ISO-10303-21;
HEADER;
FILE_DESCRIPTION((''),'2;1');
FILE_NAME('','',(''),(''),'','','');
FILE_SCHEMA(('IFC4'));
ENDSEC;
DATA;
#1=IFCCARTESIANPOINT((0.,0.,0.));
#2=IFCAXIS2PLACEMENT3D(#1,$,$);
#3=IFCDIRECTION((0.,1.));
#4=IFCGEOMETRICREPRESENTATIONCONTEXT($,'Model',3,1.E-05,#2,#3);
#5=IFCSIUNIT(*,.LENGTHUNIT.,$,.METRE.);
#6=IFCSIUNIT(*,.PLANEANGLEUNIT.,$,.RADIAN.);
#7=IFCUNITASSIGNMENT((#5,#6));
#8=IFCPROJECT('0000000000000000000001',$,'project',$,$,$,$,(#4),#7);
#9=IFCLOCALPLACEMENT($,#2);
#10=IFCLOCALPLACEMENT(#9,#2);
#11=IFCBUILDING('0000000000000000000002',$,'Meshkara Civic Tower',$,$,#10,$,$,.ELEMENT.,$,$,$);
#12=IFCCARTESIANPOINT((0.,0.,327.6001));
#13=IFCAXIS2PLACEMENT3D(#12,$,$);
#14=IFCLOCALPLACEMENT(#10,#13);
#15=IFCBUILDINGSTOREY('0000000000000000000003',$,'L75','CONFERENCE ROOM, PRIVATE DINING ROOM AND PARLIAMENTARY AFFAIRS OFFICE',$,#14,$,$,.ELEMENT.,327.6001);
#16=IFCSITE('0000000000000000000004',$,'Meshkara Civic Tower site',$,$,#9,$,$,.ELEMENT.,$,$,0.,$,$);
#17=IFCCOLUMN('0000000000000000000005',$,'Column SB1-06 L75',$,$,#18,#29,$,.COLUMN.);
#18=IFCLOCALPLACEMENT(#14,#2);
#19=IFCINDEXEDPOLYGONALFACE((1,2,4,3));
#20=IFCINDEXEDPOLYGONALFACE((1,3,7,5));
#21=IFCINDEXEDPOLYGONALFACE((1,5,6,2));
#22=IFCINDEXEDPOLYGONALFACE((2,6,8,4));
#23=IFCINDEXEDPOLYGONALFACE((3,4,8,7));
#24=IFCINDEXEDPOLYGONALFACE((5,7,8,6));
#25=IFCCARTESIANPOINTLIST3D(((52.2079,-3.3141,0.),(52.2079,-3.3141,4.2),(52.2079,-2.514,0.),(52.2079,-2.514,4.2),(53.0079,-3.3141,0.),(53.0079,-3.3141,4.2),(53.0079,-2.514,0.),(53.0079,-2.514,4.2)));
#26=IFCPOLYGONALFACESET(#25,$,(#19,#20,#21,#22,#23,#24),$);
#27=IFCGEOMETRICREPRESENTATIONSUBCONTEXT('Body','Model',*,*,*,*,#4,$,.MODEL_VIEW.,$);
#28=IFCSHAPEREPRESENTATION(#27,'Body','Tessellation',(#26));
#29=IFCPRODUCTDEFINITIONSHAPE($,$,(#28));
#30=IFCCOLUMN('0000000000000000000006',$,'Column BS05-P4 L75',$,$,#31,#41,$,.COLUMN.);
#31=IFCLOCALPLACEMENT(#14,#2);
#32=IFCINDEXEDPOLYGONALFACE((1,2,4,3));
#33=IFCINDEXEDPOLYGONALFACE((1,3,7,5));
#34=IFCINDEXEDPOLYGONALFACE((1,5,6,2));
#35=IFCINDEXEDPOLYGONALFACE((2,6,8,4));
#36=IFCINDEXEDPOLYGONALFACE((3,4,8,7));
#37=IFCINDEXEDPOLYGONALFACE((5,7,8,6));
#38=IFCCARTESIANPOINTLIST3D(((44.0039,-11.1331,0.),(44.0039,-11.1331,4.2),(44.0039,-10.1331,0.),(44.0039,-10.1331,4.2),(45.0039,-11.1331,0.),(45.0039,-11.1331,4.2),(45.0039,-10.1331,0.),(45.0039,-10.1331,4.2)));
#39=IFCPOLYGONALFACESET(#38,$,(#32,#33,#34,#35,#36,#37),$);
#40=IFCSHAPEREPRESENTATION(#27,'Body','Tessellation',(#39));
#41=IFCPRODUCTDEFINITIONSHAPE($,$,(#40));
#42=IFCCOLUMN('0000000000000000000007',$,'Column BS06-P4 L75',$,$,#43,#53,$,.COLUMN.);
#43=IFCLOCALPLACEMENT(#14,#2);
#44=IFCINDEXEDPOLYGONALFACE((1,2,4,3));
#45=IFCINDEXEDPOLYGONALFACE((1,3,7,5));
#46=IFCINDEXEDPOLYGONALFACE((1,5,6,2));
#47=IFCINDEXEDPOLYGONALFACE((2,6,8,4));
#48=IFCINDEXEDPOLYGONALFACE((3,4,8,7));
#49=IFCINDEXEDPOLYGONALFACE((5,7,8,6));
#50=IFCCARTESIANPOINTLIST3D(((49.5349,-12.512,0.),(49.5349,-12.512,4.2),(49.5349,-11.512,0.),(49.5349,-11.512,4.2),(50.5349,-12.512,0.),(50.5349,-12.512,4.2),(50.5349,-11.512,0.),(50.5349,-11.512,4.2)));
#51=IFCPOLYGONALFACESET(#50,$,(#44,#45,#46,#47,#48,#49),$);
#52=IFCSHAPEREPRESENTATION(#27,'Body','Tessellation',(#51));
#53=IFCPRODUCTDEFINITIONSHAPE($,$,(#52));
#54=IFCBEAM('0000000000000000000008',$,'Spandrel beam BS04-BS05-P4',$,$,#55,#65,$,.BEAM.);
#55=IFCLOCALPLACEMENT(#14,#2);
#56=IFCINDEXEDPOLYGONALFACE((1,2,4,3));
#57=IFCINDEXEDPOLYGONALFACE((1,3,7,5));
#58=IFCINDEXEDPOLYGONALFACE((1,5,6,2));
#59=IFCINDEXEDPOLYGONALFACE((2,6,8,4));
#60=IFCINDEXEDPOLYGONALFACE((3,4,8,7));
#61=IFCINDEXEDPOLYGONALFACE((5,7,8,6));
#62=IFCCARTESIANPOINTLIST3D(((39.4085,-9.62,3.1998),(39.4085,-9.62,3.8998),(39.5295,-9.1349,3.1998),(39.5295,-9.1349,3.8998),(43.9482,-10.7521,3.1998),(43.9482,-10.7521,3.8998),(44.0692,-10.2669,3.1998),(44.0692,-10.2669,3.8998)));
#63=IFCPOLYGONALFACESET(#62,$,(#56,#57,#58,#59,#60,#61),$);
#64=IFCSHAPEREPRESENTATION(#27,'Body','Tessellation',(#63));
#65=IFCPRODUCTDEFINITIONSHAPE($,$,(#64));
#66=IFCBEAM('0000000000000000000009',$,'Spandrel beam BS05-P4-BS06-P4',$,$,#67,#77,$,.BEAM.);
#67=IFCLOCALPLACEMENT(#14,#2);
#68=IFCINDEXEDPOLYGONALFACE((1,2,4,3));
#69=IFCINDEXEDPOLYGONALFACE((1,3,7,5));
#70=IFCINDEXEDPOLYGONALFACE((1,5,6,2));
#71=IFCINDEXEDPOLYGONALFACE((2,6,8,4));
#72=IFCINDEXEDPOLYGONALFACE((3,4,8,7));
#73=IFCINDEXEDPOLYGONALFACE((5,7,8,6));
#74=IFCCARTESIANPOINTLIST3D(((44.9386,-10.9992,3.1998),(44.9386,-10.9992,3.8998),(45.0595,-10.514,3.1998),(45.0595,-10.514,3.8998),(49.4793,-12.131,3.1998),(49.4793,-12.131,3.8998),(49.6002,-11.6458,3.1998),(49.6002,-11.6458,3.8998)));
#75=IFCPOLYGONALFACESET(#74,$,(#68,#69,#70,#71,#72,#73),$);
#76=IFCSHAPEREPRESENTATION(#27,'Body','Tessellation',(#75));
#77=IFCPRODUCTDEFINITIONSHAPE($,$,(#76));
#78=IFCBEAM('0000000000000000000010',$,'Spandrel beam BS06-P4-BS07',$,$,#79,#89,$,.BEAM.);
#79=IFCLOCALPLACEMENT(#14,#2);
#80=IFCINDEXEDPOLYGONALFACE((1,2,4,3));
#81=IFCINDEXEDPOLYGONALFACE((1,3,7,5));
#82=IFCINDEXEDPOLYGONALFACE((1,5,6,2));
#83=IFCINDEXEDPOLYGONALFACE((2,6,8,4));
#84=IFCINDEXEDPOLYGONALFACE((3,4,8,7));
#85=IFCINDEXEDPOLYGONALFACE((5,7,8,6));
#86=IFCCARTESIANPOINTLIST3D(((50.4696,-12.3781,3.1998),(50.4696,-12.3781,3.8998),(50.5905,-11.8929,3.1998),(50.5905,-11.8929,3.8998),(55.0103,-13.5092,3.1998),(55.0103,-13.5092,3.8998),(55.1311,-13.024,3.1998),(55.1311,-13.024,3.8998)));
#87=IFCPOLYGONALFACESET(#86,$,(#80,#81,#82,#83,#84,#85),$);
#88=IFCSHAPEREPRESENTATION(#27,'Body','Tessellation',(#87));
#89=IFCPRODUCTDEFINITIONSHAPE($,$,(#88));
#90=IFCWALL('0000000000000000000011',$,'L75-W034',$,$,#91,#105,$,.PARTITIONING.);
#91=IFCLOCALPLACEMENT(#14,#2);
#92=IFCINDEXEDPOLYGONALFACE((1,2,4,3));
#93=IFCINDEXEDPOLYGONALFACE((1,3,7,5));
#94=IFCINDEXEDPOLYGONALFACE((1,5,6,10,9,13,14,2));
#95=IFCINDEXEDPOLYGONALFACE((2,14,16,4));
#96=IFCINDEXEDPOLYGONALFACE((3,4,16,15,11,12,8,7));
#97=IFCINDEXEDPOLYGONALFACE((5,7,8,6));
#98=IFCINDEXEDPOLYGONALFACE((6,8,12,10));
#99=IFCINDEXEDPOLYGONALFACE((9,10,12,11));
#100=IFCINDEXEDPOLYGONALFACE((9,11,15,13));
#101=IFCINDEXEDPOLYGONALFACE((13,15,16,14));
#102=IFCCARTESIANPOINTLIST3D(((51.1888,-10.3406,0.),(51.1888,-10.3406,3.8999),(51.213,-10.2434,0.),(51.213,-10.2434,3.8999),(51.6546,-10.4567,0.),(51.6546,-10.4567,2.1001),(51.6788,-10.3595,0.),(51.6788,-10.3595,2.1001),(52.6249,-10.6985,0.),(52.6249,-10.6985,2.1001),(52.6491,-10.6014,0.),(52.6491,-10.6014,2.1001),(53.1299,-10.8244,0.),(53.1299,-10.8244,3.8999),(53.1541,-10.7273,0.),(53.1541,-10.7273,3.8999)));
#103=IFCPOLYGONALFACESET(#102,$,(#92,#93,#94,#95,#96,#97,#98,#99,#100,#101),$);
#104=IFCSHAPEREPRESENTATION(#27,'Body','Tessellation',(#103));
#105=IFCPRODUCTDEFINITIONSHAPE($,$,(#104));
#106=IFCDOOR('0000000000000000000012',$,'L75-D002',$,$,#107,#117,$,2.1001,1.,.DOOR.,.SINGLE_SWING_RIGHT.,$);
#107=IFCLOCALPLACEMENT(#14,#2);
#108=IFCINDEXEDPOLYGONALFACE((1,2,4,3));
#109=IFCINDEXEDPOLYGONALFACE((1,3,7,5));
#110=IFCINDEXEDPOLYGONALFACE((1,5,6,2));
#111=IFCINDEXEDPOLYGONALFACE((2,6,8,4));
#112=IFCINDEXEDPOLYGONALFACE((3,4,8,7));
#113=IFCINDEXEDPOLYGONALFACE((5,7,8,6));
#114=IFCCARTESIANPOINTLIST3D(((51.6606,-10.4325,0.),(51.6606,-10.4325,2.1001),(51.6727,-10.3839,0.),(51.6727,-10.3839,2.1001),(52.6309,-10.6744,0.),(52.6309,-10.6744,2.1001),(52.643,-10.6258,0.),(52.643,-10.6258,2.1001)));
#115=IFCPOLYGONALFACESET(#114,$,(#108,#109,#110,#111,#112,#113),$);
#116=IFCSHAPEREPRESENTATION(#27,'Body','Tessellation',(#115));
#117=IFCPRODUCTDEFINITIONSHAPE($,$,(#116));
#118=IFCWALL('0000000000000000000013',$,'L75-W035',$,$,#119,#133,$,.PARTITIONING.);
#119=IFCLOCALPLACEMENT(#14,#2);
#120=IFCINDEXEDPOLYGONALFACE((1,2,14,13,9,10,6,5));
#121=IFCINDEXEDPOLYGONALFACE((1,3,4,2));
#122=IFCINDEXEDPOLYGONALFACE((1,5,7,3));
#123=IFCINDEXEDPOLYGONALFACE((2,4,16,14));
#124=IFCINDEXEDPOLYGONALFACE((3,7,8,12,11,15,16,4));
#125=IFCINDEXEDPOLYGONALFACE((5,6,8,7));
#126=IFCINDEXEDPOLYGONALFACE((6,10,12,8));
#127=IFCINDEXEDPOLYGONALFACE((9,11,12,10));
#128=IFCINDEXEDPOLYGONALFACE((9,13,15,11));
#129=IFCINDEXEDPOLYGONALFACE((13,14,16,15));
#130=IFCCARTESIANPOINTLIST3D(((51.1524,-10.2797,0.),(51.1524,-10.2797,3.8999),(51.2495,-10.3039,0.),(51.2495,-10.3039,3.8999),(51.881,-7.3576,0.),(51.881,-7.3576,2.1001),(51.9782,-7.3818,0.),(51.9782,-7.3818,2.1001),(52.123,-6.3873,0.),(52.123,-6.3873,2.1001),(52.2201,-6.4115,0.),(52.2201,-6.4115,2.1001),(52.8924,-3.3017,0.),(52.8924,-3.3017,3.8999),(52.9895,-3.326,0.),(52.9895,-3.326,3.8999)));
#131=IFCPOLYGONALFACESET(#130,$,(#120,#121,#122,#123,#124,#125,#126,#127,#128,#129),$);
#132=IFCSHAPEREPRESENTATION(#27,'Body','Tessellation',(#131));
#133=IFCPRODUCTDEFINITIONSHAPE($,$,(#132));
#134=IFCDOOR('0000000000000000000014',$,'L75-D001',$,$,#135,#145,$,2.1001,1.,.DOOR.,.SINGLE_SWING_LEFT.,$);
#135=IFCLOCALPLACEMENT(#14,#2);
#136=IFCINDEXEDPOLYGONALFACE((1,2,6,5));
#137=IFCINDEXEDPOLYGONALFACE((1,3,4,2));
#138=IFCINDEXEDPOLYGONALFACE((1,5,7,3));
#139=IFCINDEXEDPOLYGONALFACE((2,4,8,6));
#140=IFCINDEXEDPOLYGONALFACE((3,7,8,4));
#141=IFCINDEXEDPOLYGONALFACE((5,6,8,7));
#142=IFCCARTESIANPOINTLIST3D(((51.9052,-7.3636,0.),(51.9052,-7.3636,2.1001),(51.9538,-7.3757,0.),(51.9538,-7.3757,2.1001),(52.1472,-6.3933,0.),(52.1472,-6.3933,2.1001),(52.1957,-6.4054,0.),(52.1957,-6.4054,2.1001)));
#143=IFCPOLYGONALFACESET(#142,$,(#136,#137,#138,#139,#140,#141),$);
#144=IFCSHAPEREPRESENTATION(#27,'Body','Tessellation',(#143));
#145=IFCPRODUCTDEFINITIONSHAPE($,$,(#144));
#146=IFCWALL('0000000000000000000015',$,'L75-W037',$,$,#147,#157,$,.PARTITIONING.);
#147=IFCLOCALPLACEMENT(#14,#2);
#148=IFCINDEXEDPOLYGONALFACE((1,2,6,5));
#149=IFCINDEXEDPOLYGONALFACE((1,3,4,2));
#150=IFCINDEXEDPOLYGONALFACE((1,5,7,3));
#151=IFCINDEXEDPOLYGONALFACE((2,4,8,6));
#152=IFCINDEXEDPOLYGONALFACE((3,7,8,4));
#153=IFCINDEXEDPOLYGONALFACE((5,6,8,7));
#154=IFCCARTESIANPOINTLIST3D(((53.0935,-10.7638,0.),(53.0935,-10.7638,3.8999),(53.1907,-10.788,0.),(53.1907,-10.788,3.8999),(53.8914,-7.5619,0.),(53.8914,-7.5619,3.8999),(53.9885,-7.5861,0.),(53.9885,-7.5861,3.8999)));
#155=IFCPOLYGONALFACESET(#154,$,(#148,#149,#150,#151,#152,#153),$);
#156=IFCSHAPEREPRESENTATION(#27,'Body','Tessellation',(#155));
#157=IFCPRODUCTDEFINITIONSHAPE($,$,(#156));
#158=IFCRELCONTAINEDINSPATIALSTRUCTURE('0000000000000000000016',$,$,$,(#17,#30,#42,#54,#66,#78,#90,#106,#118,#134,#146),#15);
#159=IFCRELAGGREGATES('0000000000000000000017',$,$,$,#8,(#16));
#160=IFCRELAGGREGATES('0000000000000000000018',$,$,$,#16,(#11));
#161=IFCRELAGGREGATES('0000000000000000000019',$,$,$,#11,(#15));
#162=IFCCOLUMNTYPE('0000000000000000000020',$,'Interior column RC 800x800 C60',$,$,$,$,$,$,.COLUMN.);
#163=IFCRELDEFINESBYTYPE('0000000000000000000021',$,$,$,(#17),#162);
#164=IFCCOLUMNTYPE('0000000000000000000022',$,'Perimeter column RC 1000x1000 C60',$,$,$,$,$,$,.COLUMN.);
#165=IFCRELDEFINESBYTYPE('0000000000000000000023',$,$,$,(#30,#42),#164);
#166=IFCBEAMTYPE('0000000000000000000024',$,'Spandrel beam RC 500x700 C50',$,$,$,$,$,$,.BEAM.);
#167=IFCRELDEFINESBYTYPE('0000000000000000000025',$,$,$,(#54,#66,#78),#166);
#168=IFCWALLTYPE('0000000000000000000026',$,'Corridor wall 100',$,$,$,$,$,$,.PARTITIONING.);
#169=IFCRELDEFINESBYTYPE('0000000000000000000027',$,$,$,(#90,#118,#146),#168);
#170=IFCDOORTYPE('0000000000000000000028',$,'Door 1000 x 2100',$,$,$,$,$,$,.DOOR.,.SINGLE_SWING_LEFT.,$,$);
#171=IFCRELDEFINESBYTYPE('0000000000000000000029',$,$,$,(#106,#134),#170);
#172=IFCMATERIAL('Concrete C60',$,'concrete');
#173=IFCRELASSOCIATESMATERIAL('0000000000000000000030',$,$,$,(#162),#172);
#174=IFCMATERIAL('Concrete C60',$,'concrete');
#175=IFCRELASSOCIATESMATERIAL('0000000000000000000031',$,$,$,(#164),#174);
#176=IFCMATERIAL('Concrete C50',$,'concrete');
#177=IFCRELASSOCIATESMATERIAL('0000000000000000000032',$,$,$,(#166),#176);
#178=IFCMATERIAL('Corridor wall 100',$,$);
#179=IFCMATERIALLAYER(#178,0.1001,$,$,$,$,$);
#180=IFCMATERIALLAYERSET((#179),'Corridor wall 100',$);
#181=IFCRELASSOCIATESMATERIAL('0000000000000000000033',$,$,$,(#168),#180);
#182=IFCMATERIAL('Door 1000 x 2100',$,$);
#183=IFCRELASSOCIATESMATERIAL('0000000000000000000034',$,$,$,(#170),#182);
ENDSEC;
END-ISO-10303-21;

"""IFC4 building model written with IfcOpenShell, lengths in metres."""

from ifc_helpers import new_model, si_unit, direction, frame, frame_2d, origin, origin_2d, place, context, subcontext, project, spatial, rectangle, extrude, material, layer, layer_set, material_profile, profile_set, type_object, element, fill, save


model = new_model("IFC4")

# Units and contexts
model_context = context("Model", 3, precision=1e-05, world=origin(), true_north=direction((0.0, 1.0)))
body_context = subcontext(model_context, "Body", "Model", "MODEL_VIEW")
ifc_project = project(units=[si_unit("LENGTHUNIT", "METRE"), si_unit("PLANEANGLEUNIT", "RADIAN")], contexts=[model_context])

# Site, building, storey
site_placement = place(None, origin())
site = spatial("IfcSite", under=ifc_project, at=site_placement, Name="Meshkara Civic Tower site", CompositionType="ELEMENT", RefElevation=0.0)
building_placement = place(site_placement, origin())
building = spatial("IfcBuilding", under=site, at=building_placement, Name="Meshkara Civic Tower", CompositionType="ELEMENT")
storey_placement = place(building_placement, frame((0.0, 0.0, 327.6001)))
storey = spatial("IfcBuildingStorey", under=building, at=storey_placement, Name="L75", Description="CONFERENCE ROOM, PRIVATE DINING ROOM AND PARLIAMENTARY AFFAIRS OFFICE", CompositionType="ELEMENT", Elevation=327.6001)

# Columns
ifc_material_1 = material(Name="Concrete C60", Category="concrete")
ifc_material_profile_1 = material_profile(ifc_material_1, rectangle(XDim=0.8, YDim=0.8, at=origin_2d()))
ifc_profile_set_1 = profile_set([ifc_material_profile_1], Name="Concrete C60")
column_type_1 = type_object("IfcColumnType", Name="Interior column RC 800x800 C60", PredefinedType="COLUMN", material=ifc_profile_set_1)
column_placement = place(storey_placement, frame((52.6079, -2.9141, 0.0), z_axis=(0.0, 0.0, 1.0), x_axis=(1.0, 0.0, 0.0)))
element("IfcColumn", 1, at=column_placement, inside=storey, type_object=column_type_1, Name="Column SB1-06 L75", PredefinedType="COLUMN", context=body_context, shape_type="SweptSolid", body=[
    extrude(rectangle(XDim=0.8, YDim=0.8, at=origin_2d()), origin(), (0.0, 0.0, 1.0), 4.2),
])
ifc_material_2 = material(Name="Concrete C60", Category="concrete")
ifc_material_profile_2 = material_profile(ifc_material_2, rectangle(XDim=1.0, YDim=1.0, at=origin_2d()))
ifc_profile_set_2 = profile_set([ifc_material_profile_2], Name="Concrete C60")
column_type_2 = type_object("IfcColumnType", Name="Perimeter column RC 1000x1000 C60", PredefinedType="COLUMN", material=ifc_profile_set_2)
for number, where, z_axis, x_axis, name in (
    (2, (44.5039, -10.6331, 0.0), (0.0, 0.0, 1.0), (1.0, 0.0, 0.0), "Column BS05-P4 L75"),
    (3, (50.0349, -12.012, 0.0), (0.0, 0.0, 1.0), (1.0, 0.0, 0.0), "Column BS06-P4 L75"),
):
    element("IfcColumn", number, at=place(storey_placement, frame(where, z_axis=z_axis, x_axis=x_axis)), inside=storey, type_object=column_type_2, Name=name, PredefinedType="COLUMN", context=body_context, shape_type="SweptSolid", body=[
        extrude(rectangle(XDim=1.0, YDim=1.0, at=origin_2d()), origin(), (0.0, 0.0, 1.0), 4.2),
    ])

# Beams
ifc_material_3 = material(Name="Concrete C50", Category="concrete")
ifc_material_profile_3 = material_profile(ifc_material_3, rectangle(XDim=0.5, YDim=0.7, at=origin_2d()))
ifc_profile_set_3 = profile_set([ifc_material_profile_3], Name="Concrete C50")
beam_type = type_object("IfcBeamType", Name="Spandrel beam RC 500x700 C50", PredefinedType="BEAM", material=ifc_profile_set_3)
beam_1_placement = place(storey_placement, frame((39.469, -9.3774, 3.5498), z_axis=(0.970287, -0.241959, 0.0), x_axis=(0.241959, 0.970287, 0.0)))
element("IfcBeam", 4, at=beam_1_placement, inside=storey, type_object=beam_type, Name="Spandrel beam BS04-BS05-P4", PredefinedType="BEAM", context=body_context, shape_type="SweptSolid", body=[
    extrude(rectangle(XDim=0.5, YDim=0.7, at=origin_2d()), origin(), (0.0, 0.0, 1.0), 4.6787),
])
beam_2_placement = place(storey_placement, frame((44.999, -10.7566, 3.5498), z_axis=(0.970311, -0.24186, 0.0), x_axis=(0.24186, 0.970311, 0.0)))
element("IfcBeam", 5, at=beam_2_placement, inside=storey, type_object=beam_type, Name="Spandrel beam BS05-P4-BS06-P4", PredefinedType="BEAM", context=body_context, shape_type="SweptSolid", body=[
    extrude(rectangle(XDim=0.5, YDim=0.7, at=origin_2d()), origin(), (0.0, 0.0, 1.0), 4.6797),
])
beam_3_placement = place(storey_placement, frame((50.53, -12.1355, 3.5498), z_axis=(0.970348, -0.241713, 0.0), x_axis=(0.241713, 0.970348, 0.0)))
element("IfcBeam", 6, at=beam_3_placement, inside=storey, type_object=beam_type, Name="Spandrel beam BS06-P4-BS07", PredefinedType="BEAM", context=body_context, shape_type="SweptSolid", body=[
    extrude(rectangle(XDim=0.5, YDim=0.7, at=origin_2d()), origin(), (0.0, 0.0, 1.0), 4.6794),
])

# Walls, openings, doors
ifc_material_4 = material(Name="Corridor wall 100")
ifc_layer_1 = layer(ifc_material_4, 0.1001)
ifc_layer_set_1 = layer_set([ifc_layer_1], Name="Corridor wall 100")
wall_type_1 = type_object("IfcWallType", Name="Corridor wall 100", PredefinedType="PARTITIONING", material=ifc_layer_set_1)
wall_1_placement = place(storey_placement, frame((51.2009, -10.292, 0.0), z_axis=(0.0, 0.0, 1.0), x_axis=(0.970307, -0.241875, 0.0)))
wall_1 = element("IfcWall", 7, at=wall_1_placement, inside=storey, type_object=wall_type_1, Name="L75-W034", PredefinedType="PARTITIONING", context=body_context, shape_type="SweptSolid", body=[
    extrude(rectangle(XDim=2.0005, YDim=0.1001, at=frame_2d((1.0002, 0.0))), origin(), (0.0, 0.0, 1.0), 3.8999),
])
opening_1_placement = place(wall_1_placement, frame((0.48, 0.0, 0.0)))
opening_1 = element("IfcOpeningElement", 8, at=opening_1_placement, cuts=wall_1, PredefinedType="OPENING", context=body_context, shape_type="SweptSolid", body=[
    extrude(rectangle(XDim=1.0, YDim=2.1001, at=frame_2d((0.5, 1.05))), frame((0.0, 0.0601, 0.0), z_axis=(0.0, -1.0, 0.0), x_axis=(1.0, 0.0, 0.0)), (0.0, 0.0, 1.0), 0.1201),
])
ifc_material_5 = material(Name="Door 1000 x 2100")
door_type_1 = type_object("IfcDoorType", Name="Door 1000 x 2100", OperationType="SINGLE_SWING_LEFT", PredefinedType="DOOR", material=ifc_material_5)
door_1_placement = place(opening_1_placement, origin())
door_1 = element("IfcDoor", 9, at=door_1_placement, inside=storey, type_object=door_type_1, Name="L75-D002", OperationType="SINGLE_SWING_RIGHT", OverallHeight=2.1001, OverallWidth=1.0, PredefinedType="DOOR", context=body_context, shape_type="SweptSolid", body=[
    extrude(rectangle(XDim=1.0, YDim=2.1001, at=frame_2d((0.5, 1.05))), frame((0.0, 0.0249, 0.0), z_axis=(0.0, -1.0, 0.0), x_axis=(1.0, 0.0, 0.0)), (0.0, 0.0, 1.0), 0.05),
])
fill(opening_1, door_1)
wall_2_placement = place(storey_placement, frame((52.9409, -3.314, 0.0), z_axis=(0.0, 0.0, 1.0), x_axis=(-0.241944, -0.97029, 0.0)))
wall_2 = element("IfcWall", 10, at=wall_2_placement, inside=storey, type_object=wall_type_1, Name="L75-W035", PredefinedType="PARTITIONING", context=body_context, shape_type="SweptSolid", body=[
    extrude(rectangle(XDim=7.1917, YDim=0.1001, at=frame_2d((3.5957, 0.0))), origin(), (0.0, 0.0, 1.0), 3.8999),
])
opening_2_placement = place(wall_2_placement, frame((3.1799, 0.0, 0.0)))
opening_2 = element("IfcOpeningElement", 11, at=opening_2_placement, cuts=wall_2, PredefinedType="OPENING", context=body_context, shape_type="SweptSolid", body=[
    extrude(rectangle(XDim=1.0, YDim=2.1001, at=frame_2d((0.5, 1.05))), frame((0.0, 0.0601, 0.0), z_axis=(0.0, -1.0, 0.0), x_axis=(1.0, 0.0, 0.0)), (0.0, 0.0, 1.0), 0.1201),
])
door_2_placement = place(opening_2_placement, origin())
door_2 = element("IfcDoor", 12, at=door_2_placement, inside=storey, type_object=door_type_1, Name="L75-D001", OperationType="SINGLE_SWING_LEFT", OverallHeight=2.1001, OverallWidth=1.0, PredefinedType="DOOR", context=body_context, shape_type="SweptSolid", body=[
    extrude(rectangle(XDim=1.0, YDim=2.1001, at=frame_2d((0.5, 1.05))), frame((0.0, 0.0249, 0.0), z_axis=(0.0, -1.0, 0.0), x_axis=(1.0, 0.0, 0.0)), (0.0, 0.0, 1.0), 0.05),
])
fill(opening_2, door_2)

# Wall
wall_3_placement = place(storey_placement, frame((53.1421, -10.7759, 0.0), z_axis=(0.0, 0.0, 1.0), x_axis=(0.241787, 0.970329, 0.0)))
element("IfcWall", 13, at=wall_3_placement, inside=storey, type_object=wall_type_1, Name="L75-W037", PredefinedType="PARTITIONING", context=body_context, shape_type="SweptSolid", body=[
    extrude(rectangle(XDim=3.2998, YDim=0.1001, at=frame_2d((1.6499, 0.0))), origin(), (0.0, 0.0, 1.0), 3.8999),
])

save(model, "model.ifc")
